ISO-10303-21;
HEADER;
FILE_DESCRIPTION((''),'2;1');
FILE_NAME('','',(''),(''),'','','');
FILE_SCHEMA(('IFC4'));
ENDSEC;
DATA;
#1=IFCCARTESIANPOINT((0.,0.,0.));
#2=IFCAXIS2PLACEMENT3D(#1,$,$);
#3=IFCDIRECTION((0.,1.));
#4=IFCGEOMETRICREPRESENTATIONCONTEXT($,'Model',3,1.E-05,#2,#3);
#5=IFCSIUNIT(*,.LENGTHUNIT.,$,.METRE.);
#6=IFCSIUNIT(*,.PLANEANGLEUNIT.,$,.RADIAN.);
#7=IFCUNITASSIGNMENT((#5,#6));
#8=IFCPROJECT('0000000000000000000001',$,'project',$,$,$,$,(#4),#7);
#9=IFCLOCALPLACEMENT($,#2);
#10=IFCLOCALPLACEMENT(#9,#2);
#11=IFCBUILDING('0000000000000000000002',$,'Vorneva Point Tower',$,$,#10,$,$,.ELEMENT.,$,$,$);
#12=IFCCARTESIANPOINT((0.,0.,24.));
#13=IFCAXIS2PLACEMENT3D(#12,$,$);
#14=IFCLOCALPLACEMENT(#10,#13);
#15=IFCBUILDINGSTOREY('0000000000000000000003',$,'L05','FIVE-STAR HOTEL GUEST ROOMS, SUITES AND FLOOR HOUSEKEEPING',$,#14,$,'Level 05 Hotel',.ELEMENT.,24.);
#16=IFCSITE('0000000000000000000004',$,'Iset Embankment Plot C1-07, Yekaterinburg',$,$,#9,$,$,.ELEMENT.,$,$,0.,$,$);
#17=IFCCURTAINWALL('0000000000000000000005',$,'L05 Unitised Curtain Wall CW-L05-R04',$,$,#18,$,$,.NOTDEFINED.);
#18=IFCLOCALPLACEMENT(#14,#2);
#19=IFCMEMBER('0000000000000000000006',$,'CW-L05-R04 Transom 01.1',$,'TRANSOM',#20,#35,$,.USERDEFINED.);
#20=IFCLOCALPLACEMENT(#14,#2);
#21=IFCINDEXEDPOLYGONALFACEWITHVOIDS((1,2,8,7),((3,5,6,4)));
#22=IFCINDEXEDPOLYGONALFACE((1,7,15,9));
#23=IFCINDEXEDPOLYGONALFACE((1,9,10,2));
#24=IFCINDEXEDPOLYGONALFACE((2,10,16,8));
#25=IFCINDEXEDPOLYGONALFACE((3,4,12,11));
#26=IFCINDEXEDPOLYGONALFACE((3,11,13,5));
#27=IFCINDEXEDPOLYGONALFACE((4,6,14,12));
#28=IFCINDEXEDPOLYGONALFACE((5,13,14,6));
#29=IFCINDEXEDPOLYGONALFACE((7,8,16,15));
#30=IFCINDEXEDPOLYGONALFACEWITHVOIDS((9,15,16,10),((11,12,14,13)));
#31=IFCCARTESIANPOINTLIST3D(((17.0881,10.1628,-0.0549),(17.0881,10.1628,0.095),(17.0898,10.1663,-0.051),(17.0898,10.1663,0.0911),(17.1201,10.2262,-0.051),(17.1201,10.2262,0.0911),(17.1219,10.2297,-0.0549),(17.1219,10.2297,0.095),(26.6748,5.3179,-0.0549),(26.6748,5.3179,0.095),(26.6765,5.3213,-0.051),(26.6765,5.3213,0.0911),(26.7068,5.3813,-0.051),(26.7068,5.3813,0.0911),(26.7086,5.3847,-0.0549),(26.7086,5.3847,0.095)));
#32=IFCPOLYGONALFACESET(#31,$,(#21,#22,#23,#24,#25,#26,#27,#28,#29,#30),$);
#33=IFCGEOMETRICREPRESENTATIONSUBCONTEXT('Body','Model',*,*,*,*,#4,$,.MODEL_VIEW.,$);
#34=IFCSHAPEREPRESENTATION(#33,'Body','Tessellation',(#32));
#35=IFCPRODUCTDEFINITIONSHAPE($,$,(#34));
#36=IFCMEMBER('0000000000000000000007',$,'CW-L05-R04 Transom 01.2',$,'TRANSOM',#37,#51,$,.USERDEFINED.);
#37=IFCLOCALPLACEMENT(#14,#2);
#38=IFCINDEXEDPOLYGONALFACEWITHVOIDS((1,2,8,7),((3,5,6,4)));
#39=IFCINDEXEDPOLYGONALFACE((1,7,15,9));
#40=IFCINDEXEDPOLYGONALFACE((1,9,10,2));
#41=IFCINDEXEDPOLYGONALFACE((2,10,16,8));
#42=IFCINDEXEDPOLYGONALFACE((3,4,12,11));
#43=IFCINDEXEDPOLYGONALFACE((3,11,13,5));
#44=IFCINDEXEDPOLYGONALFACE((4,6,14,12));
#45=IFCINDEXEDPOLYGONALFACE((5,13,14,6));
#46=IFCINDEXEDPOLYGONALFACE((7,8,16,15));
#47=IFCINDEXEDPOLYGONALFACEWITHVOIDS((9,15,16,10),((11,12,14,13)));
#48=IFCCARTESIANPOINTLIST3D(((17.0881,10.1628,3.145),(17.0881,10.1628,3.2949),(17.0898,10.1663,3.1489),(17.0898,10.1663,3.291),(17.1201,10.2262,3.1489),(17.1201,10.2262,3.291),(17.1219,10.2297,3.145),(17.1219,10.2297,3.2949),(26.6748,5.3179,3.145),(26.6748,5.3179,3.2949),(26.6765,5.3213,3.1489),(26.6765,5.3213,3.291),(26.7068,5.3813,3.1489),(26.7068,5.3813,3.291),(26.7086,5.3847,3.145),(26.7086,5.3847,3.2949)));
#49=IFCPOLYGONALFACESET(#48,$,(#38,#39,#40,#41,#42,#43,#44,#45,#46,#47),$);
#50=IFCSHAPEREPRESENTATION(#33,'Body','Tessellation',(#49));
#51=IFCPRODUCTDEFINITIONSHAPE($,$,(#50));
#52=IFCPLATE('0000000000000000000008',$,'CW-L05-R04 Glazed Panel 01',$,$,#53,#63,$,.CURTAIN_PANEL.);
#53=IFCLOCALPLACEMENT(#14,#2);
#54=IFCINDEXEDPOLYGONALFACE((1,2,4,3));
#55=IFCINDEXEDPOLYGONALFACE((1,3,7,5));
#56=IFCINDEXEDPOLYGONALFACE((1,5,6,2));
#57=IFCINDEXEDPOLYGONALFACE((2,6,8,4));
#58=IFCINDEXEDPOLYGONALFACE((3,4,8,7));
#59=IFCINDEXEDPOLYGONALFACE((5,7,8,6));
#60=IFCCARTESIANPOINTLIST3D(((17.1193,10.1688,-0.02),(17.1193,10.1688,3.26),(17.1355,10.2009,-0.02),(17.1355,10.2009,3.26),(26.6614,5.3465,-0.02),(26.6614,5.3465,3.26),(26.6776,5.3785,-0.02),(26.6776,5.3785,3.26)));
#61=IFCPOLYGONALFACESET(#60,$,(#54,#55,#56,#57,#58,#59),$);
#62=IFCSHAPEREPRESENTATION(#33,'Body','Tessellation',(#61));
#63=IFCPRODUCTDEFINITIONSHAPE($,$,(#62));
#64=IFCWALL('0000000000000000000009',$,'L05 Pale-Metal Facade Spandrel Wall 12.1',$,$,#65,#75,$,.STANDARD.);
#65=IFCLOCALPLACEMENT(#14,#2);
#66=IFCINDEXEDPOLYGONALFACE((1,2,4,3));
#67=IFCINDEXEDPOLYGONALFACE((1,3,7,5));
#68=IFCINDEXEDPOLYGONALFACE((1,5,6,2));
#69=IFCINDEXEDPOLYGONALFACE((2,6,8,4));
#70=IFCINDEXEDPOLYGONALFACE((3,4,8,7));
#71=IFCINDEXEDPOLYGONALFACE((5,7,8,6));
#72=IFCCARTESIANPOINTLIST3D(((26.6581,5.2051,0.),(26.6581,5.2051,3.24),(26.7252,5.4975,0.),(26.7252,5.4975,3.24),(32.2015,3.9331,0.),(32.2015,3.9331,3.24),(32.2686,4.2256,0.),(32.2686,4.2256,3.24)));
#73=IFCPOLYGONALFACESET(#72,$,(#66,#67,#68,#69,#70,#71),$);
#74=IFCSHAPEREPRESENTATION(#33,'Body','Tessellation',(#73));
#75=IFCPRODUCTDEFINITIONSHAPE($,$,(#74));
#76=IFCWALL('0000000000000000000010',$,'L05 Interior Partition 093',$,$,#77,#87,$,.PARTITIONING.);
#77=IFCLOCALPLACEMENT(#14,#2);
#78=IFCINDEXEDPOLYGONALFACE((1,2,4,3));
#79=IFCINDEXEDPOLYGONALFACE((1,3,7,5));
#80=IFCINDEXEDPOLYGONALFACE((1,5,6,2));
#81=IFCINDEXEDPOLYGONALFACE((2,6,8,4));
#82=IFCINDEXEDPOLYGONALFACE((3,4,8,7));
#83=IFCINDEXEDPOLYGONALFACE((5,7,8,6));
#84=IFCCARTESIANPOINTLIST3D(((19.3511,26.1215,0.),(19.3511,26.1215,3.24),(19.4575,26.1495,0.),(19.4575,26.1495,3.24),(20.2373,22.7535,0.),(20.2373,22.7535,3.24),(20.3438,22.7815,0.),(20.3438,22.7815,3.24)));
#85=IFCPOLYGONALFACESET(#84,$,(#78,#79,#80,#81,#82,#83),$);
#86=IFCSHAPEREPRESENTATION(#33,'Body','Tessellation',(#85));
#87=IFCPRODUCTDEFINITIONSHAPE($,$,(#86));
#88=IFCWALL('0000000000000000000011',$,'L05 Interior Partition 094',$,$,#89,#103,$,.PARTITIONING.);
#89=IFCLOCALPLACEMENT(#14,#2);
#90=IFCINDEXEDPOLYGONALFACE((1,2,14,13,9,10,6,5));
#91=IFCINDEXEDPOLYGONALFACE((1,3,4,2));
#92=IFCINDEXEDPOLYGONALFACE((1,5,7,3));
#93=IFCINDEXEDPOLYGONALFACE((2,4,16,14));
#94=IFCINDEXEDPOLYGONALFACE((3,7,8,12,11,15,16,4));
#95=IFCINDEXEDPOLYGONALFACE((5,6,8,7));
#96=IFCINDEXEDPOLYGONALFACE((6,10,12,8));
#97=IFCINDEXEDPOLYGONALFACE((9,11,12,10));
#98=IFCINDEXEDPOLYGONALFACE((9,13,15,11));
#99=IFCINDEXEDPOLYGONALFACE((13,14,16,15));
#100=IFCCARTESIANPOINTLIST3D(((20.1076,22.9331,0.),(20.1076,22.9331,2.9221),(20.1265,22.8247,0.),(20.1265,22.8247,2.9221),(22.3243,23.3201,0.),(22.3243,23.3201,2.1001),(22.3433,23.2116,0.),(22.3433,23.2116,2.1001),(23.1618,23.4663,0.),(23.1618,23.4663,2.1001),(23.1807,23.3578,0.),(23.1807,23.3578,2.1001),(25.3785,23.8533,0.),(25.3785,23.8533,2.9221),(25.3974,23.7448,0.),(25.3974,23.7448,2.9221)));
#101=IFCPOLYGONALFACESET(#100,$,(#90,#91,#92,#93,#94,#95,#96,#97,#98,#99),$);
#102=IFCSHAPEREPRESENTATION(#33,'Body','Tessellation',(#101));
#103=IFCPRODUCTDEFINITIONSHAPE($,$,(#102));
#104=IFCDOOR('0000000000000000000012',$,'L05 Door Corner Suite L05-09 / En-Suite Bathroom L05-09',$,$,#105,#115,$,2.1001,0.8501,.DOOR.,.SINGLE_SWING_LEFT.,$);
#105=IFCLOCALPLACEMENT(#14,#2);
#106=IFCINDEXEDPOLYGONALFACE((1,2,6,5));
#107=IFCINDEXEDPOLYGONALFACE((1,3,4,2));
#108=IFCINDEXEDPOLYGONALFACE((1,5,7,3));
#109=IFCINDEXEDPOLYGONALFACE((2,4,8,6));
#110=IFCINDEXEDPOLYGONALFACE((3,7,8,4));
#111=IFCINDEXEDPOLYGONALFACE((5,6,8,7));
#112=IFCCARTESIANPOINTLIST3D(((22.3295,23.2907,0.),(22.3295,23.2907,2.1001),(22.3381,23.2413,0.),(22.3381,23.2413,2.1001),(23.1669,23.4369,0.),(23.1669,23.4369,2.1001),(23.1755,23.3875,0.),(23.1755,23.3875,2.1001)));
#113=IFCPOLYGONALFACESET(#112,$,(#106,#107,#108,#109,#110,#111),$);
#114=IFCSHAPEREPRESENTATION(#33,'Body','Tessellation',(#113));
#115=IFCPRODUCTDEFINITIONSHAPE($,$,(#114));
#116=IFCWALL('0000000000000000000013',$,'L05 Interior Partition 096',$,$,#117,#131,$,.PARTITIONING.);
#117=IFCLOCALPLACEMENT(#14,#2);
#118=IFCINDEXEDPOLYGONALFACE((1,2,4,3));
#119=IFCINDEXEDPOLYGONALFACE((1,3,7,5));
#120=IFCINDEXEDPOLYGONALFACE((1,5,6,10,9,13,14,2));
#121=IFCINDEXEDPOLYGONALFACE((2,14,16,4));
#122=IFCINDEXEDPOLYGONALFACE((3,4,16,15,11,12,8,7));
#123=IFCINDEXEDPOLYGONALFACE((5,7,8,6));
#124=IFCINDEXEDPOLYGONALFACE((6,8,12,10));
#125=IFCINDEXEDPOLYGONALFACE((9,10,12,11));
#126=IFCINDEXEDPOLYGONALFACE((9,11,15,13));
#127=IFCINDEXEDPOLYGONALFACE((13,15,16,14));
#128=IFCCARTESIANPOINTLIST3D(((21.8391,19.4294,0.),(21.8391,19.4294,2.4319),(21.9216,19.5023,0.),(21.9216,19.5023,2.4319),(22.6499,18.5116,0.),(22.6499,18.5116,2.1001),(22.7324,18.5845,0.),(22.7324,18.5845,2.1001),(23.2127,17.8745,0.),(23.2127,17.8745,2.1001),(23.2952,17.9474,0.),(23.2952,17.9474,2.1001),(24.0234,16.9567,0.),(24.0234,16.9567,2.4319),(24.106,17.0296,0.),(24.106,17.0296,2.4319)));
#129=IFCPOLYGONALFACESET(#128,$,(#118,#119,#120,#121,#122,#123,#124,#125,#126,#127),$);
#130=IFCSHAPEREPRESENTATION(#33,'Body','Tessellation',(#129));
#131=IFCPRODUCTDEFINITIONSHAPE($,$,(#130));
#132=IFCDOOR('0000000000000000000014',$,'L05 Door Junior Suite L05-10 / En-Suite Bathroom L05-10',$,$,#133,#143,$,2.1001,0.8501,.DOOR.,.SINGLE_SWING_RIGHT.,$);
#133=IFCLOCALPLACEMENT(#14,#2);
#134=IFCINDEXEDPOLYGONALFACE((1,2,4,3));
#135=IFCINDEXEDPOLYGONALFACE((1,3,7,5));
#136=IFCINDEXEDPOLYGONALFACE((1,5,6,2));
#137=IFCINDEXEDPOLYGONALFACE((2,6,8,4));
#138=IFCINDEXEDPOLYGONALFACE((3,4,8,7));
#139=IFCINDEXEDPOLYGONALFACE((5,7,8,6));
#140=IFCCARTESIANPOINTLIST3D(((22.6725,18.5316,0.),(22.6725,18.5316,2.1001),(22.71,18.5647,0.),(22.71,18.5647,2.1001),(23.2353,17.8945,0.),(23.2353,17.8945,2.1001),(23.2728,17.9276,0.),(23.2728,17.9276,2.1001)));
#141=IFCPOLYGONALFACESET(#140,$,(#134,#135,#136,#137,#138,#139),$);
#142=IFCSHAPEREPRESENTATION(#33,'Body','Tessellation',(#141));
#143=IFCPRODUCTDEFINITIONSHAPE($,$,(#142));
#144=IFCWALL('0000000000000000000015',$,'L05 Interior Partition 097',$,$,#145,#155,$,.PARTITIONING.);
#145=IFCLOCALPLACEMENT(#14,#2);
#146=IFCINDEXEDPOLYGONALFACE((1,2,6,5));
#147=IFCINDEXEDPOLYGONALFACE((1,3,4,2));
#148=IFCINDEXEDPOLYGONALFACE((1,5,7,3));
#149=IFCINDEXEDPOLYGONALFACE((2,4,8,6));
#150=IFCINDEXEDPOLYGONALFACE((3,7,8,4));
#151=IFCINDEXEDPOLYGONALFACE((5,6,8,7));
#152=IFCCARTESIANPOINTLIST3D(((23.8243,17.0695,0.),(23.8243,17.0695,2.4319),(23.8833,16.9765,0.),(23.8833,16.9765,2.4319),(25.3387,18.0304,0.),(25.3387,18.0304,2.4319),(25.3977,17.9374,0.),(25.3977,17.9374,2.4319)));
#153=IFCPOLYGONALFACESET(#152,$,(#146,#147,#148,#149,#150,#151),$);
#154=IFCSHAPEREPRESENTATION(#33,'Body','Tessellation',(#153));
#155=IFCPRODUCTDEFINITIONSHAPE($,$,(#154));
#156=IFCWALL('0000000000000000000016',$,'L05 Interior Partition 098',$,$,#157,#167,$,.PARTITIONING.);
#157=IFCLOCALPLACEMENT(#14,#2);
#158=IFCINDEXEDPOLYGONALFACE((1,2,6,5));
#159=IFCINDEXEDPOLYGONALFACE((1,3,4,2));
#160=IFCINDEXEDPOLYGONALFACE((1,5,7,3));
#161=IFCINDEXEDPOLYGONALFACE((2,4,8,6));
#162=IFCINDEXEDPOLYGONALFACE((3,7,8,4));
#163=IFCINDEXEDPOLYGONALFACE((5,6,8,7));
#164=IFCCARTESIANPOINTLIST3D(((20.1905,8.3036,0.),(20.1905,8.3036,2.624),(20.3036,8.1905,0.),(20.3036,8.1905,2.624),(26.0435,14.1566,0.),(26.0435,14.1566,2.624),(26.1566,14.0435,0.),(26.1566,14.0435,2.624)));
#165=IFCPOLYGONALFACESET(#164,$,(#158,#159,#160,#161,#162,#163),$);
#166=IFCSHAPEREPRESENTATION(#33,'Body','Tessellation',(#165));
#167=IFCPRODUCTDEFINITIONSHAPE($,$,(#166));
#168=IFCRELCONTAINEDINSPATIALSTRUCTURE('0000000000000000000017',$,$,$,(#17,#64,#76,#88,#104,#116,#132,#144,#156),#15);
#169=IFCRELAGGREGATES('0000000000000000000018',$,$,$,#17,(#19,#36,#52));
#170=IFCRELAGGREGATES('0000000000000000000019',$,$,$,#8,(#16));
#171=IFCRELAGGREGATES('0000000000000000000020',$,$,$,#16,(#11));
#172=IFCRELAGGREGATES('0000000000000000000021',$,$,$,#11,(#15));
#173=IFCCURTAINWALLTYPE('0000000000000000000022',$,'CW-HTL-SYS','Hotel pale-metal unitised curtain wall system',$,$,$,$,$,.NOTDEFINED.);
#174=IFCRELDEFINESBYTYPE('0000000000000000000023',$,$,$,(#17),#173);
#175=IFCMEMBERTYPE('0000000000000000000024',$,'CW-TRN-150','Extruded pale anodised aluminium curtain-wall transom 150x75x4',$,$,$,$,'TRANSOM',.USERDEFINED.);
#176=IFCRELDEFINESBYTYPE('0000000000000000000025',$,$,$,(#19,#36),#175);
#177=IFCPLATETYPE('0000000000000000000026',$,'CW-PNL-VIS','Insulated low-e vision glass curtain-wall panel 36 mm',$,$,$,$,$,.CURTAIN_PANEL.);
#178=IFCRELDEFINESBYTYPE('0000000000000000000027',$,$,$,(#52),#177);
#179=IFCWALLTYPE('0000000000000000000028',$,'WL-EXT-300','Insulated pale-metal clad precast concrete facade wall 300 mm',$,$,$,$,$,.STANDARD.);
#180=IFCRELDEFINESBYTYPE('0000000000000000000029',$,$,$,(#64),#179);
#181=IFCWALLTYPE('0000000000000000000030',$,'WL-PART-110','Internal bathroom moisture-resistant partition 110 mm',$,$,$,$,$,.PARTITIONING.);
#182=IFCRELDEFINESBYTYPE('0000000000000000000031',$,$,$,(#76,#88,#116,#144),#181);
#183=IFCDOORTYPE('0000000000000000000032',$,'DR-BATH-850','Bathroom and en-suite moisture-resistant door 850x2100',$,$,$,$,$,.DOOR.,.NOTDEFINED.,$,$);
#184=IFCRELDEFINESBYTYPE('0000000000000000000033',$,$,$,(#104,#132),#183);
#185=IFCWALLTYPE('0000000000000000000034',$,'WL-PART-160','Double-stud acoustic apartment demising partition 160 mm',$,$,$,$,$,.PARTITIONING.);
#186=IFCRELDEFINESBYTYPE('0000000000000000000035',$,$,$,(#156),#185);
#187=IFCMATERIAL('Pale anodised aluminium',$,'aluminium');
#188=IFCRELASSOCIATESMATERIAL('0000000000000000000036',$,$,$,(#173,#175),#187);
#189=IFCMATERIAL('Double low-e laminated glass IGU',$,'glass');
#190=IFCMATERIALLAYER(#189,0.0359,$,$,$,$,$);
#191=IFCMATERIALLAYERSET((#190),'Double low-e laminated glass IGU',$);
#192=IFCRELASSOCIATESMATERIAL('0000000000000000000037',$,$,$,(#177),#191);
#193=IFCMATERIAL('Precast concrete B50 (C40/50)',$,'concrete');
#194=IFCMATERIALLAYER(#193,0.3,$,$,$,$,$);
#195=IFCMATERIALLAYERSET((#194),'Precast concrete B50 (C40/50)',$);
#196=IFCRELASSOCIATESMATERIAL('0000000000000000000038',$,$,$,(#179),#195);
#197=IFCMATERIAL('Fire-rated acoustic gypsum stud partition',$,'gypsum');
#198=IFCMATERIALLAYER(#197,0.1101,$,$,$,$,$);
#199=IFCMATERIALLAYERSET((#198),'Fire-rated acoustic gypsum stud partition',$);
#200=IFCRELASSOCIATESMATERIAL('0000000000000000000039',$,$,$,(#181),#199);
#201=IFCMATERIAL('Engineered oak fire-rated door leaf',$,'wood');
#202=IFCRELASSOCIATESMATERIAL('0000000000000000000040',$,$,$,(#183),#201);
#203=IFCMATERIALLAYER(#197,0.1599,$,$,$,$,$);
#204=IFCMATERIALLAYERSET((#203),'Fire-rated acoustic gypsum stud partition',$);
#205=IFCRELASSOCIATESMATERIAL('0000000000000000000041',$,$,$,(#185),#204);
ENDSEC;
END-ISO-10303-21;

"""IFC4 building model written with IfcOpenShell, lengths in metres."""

from ifc_helpers import new_model, si_unit, direction, frame, frame_2d, origin, origin_2d, place, context, subcontext, project, spatial, rectangle, hollow_rectangle, extrude, material, layer, layer_set, material_profile, profile_set, type_object, element, fill, aggregate, save


model = new_model("IFC4")

# Units and contexts
model_context = context("Model", 3, precision=1e-05, world=origin(), true_north=direction((0.0, 1.0)))
body_context = subcontext(model_context, "Body", "Model", "MODEL_VIEW")
ifc_project = project(units=[si_unit("LENGTHUNIT", "METRE"), si_unit("PLANEANGLEUNIT", "RADIAN")], contexts=[model_context])

# Site, building, storey
site_placement = place(None, origin())
site = spatial("IfcSite", under=ifc_project, at=site_placement, Name="Iset Embankment Plot C1-07, Yekaterinburg", CompositionType="ELEMENT", RefElevation=0.0)
building_placement = place(site_placement, origin())
building = spatial("IfcBuilding", under=site, at=building_placement, Name="Vorneva Point Tower", CompositionType="ELEMENT")
storey_placement = place(building_placement, frame((0.0, 0.0, 24.0)))
storey = spatial("IfcBuildingStorey", under=building, at=storey_placement, Name="L05", Description="FIVE-STAR HOTEL GUEST ROOMS, SUITES AND FLOOR HOUSEKEEPING", LongName="Level 05 Hotel", CompositionType="ELEMENT", Elevation=24.0)

# Curtain wall, members, plate
ifc_material_1 = material(Name="Pale anodised aluminium", Category="aluminium")
curtain_wall_type = type_object("IfcCurtainWallType", Name="CW-HTL-SYS", Description="Hotel pale-metal unitised curtain wall system", PredefinedType="NOTDEFINED", material=ifc_material_1)
curtain_wall_placement = place(storey_placement, origin())
curtain_wall = element("IfcCurtainWall", 1, at=curtain_wall_placement, inside=storey, type_object=curtain_wall_type, Name="L05 Unitised Curtain Wall CW-L05-R04", PredefinedType="NOTDEFINED")
ifc_material_profile_1 = material_profile(ifc_material_1, hollow_rectangle(XDim=0.075, YDim=0.1499, WallThickness=0.0039, at=origin_2d()), Name="AL-TRN 150x75x4")
ifc_profile_set_1 = profile_set([ifc_material_profile_1], Name="Pale anodised aluminium")
member_type_1 = type_object("IfcMemberType", Name="CW-TRN-150", Description="Extruded pale anodised aluminium curtain-wall transom 150x75x4", ElementType="TRANSOM", PredefinedType="USERDEFINED", material=ifc_profile_set_1)
member_1_placement = place(storey_placement, frame((17.105, 10.1963, 0.02), z_axis=(0.892496, -0.451055, 0.0), x_axis=(0.451055, 0.892496, 0.0)))
member_1 = element("IfcMember", 2, at=member_1_placement, type_object=member_type_1, Name="CW-L05-R04 Transom 01.1", ObjectType="TRANSOM", PredefinedType="USERDEFINED", context=body_context, shape_type="SweptSolid", body=[
    extrude(hollow_rectangle(XDim=0.075, YDim=0.1499, WallThickness=0.0039, at=origin_2d()), origin(), (0.0, 0.0, 1.0), 10.7415),
])
member_2_placement = place(storey_placement, frame((17.105, 10.1963, 3.22), z_axis=(0.892496, -0.451055, 0.0), x_axis=(0.451055, 0.892496, 0.0)))
member_2 = element("IfcMember", 3, at=member_2_placement, type_object=member_type_1, Name="CW-L05-R04 Transom 01.2", ObjectType="TRANSOM", PredefinedType="USERDEFINED", context=body_context, shape_type="SweptSolid", body=[
    extrude(hollow_rectangle(XDim=0.075, YDim=0.1499, WallThickness=0.0039, at=origin_2d()), origin(), (0.0, 0.0, 1.0), 10.7415),
])
ifc_material_2 = material(Name="Double low-e laminated glass IGU", Category="glass")
ifc_layer_1 = layer(ifc_material_2, 0.0359)
ifc_layer_set_1 = layer_set([ifc_layer_1], Name="Double low-e laminated glass IGU")
plate_type = type_object("IfcPlateType", Name="CW-PNL-VIS", Description="Insulated low-e vision glass curtain-wall panel 36 mm", PredefinedType="CURTAIN_PANEL", material=ifc_layer_set_1)
plate_placement = place(storey_placement, frame((21.8984, 7.7737, -0.02), z_axis=(0.0, 0.0, 1.0), x_axis=(0.892499, -0.451049, 0.0)))
plate = element("IfcPlate", 4, at=plate_placement, type_object=plate_type, Name="CW-L05-R04 Glazed Panel 01", PredefinedType="CURTAIN_PANEL", context=body_context, shape_type="SweptSolid", body=[
    extrude(rectangle(XDim=10.6914, YDim=0.0359, at=origin_2d()), origin(), (0.0, 0.0, 1.0), 3.28),
])
aggregate(curtain_wall, [member_1, member_2, plate])

# Walls
ifc_material_3 = material(Name="Precast concrete B50 (C40/50)", Category="concrete")
ifc_layer_2 = layer(ifc_material_3, 0.3)
ifc_layer_set_2 = layer_set([ifc_layer_2], Name="Precast concrete B50 (C40/50)")
wall_type_1 = type_object("IfcWallType", Name="WL-EXT-300", Description="Insulated pale-metal clad precast concrete facade wall 300 mm", PredefinedType="STANDARD", material=ifc_layer_set_2)
wall_1_placement = place(storey_placement, frame((26.6917, 5.3513, 0.0), z_axis=(0.0, 0.0, 1.0), x_axis=(0.974671, -0.223643, 0.0)))
element("IfcWall", 5, at=wall_1_placement, inside=storey, type_object=wall_type_1, Name="L05 Pale-Metal Facade Spandrel Wall 12.1", PredefinedType="STANDARD", context=body_context, shape_type="SweptSolid", body=[
    extrude(rectangle(XDim=5.6875, YDim=0.3, at=frame_2d((2.8438, 0.0))), origin(), (0.0, 0.0, 1.0), 3.24),
])
ifc_material_4 = material(Name="Fire-rated acoustic gypsum stud partition", Category="gypsum")
ifc_layer_3 = layer(ifc_material_4, 0.1101)
ifc_layer_set_3 = layer_set([ifc_layer_3], Name="Fire-rated acoustic gypsum stud partition")
wall_type_2 = type_object("IfcWallType", Name="WL-PART-110", Description="Internal bathroom moisture-resistant partition 110 mm", PredefinedType="PARTITIONING", material=ifc_layer_set_3)
wall_2_placement = place(storey_placement, frame((20.2905, 22.7676, 0.0), z_axis=(0.0, 0.0, 1.0), x_axis=(-0.254476, 0.967079, 0.0)))
element("IfcWall", 6, at=wall_2_placement, inside=storey, type_object=wall_type_2, Name="L05 Interior Partition 093", PredefinedType="PARTITIONING", context=body_context, shape_type="SweptSolid", body=[
    extrude(rectangle(XDim=3.4827, YDim=0.1101, at=frame_2d((1.7412, 0.0))), origin(), (0.0, 0.0, 1.0), 3.24),
])

# Walls, openings, doors
wall_3_placement = place(storey_placement, frame((25.3879, 23.7991, 0.0), z_axis=(0.0, 0.0, 1.0), x_axis=(-0.985101, -0.171979, 0.0)))
wall_3 = element("IfcWall", 7, at=wall_3_placement, inside=storey, type_object=wall_type_2, Name="L05 Interior Partition 094", PredefinedType="PARTITIONING", context=body_context, shape_type="SweptSolid", body=[
    extrude(rectangle(XDim=5.3506, YDim=0.1101, at=frame_2d((2.6753, 0.0))), origin(), (0.0, 0.0, 1.0), 2.9221),
])
opening_1_placement = place(wall_3_placement, frame((2.2502, 0.0, 0.0)))
opening_1 = element("IfcOpeningElement", 8, at=opening_1_placement, cuts=wall_3, PredefinedType="OPENING", context=body_context, shape_type="SweptSolid", body=[
    extrude(rectangle(XDim=0.8501, YDim=2.1001, at=frame_2d((0.425, 1.05))), frame((0.0, 0.0698, 0.0), z_axis=(0.0, -1.0, 0.0), x_axis=(1.0, 0.0, 0.0)), (0.0, 0.0, 1.0), 0.1399),
])
ifc_material_5 = material(Name="Engineered oak fire-rated door leaf", Category="wood")
door_type_1 = type_object("IfcDoorType", Name="DR-BATH-850", Description="Bathroom and en-suite moisture-resistant door 850x2100", OperationType="NOTDEFINED", PredefinedType="DOOR", material=ifc_material_5)
door_1_placement = place(opening_1_placement, origin())
door_1 = element("IfcDoor", 9, at=door_1_placement, inside=storey, type_object=door_type_1, Name="L05 Door Corner Suite L05-09 / En-Suite Bathroom L05-09", OperationType="SINGLE_SWING_LEFT", OverallHeight=2.1001, OverallWidth=0.8501, PredefinedType="DOOR", context=body_context, shape_type="SweptSolid", body=[
    extrude(rectangle(XDim=0.8501, YDim=2.1001, at=frame_2d((0.425, 1.05))), frame((0.0, 0.0249, 0.0), z_axis=(0.0, -1.0, 0.0), x_axis=(1.0, 0.0, 0.0)), (0.0, 0.0, 1.0), 0.05),
])
fill(opening_1, door_1)
wall_4_placement = place(storey_placement, frame((24.0647, 16.9932, 0.0), z_axis=(0.0, 0.0, 1.0), x_axis=(-0.66206, 0.749451, 0.0)))
wall_4 = element("IfcWall", 10, at=wall_4_placement, inside=storey, type_object=wall_type_2, Name="L05 Interior Partition 096", PredefinedType="PARTITIONING", context=body_context, shape_type="SweptSolid", body=[
    extrude(rectangle(XDim=3.2993, YDim=0.1101, at=frame_2d((1.6497, 0.0))), origin(), (0.0, 0.0, 1.0), 2.4319),
])
opening_2_placement = place(wall_4_placement, frame((1.2246, 0.0, 0.0)))
opening_2 = element("IfcOpeningElement", 11, at=opening_2_placement, cuts=wall_4, PredefinedType="OPENING", context=body_context, shape_type="SweptSolid", body=[
    extrude(rectangle(XDim=0.8501, YDim=2.1001, at=frame_2d((0.425, 1.05))), frame((0.0, 0.0698, 0.0), z_axis=(0.0, -1.0, 0.0), x_axis=(1.0, 0.0, 0.0)), (0.0, 0.0, 1.0), 0.1399),
])
door_2_placement = place(opening_2_placement, origin())
door_2 = element("IfcDoor", 12, at=door_2_placement, inside=storey, type_object=door_type_1, Name="L05 Door Junior Suite L05-10 / En-Suite Bathroom L05-10", OperationType="SINGLE_SWING_RIGHT", OverallHeight=2.1001, OverallWidth=0.8501, PredefinedType="DOOR", context=body_context, shape_type="SweptSolid", body=[
    extrude(rectangle(XDim=0.8501, YDim=2.1001, at=frame_2d((0.425, 1.05))), frame((0.0, 0.0249, 0.0), z_axis=(0.0, -1.0, 0.0), x_axis=(1.0, 0.0, 0.0)), (0.0, 0.0, 1.0), 0.05),
])
fill(opening_2, door_2)

# Walls
wall_5_placement = place(storey_placement, frame((25.3682, 17.9839, 0.0), z_axis=(0.0, 0.0, 1.0), x_axis=(-0.844361, -0.535774, 0.0)))
element("IfcWall", 13, at=wall_5_placement, inside=storey, type_object=wall_type_2, Name="L05 Interior Partition 097", PredefinedType="PARTITIONING", context=body_context, shape_type="SweptSolid", body=[
    extrude(rectangle(XDim=1.7935, YDim=0.1101, at=frame_2d((0.8967, 0.0))), origin(), (0.0, 0.0, 1.0), 2.4319),
])
ifc_layer_4 = layer(ifc_material_4, 0.1599)
ifc_layer_set_4 = layer_set([ifc_layer_4], Name="Fire-rated acoustic gypsum stud partition")
wall_type_3 = type_object("IfcWallType", Name="WL-PART-160", Description="Double-stud acoustic apartment demising partition 160 mm", PredefinedType="PARTITIONING", material=ifc_layer_set_4)
wall_6_placement = place(storey_placement, frame((20.2471, 8.2471, 0.0), z_axis=(0.0, 0.0, 1.0), x_axis=(0.707107, 0.707107, 0.0)))
element("IfcWall", 14, at=wall_6_placement, inside=storey, type_object=wall_type_3, Name="L05 Interior Partition 098", PredefinedType="PARTITIONING", context=body_context, shape_type="SweptSolid", body=[
    extrude(rectangle(XDim=8.2773, YDim=0.1599, at=frame_2d((4.1387, 0.0))), origin(), (0.0, 0.0, 1.0), 2.624),
])

save(model, "model.ifc")
